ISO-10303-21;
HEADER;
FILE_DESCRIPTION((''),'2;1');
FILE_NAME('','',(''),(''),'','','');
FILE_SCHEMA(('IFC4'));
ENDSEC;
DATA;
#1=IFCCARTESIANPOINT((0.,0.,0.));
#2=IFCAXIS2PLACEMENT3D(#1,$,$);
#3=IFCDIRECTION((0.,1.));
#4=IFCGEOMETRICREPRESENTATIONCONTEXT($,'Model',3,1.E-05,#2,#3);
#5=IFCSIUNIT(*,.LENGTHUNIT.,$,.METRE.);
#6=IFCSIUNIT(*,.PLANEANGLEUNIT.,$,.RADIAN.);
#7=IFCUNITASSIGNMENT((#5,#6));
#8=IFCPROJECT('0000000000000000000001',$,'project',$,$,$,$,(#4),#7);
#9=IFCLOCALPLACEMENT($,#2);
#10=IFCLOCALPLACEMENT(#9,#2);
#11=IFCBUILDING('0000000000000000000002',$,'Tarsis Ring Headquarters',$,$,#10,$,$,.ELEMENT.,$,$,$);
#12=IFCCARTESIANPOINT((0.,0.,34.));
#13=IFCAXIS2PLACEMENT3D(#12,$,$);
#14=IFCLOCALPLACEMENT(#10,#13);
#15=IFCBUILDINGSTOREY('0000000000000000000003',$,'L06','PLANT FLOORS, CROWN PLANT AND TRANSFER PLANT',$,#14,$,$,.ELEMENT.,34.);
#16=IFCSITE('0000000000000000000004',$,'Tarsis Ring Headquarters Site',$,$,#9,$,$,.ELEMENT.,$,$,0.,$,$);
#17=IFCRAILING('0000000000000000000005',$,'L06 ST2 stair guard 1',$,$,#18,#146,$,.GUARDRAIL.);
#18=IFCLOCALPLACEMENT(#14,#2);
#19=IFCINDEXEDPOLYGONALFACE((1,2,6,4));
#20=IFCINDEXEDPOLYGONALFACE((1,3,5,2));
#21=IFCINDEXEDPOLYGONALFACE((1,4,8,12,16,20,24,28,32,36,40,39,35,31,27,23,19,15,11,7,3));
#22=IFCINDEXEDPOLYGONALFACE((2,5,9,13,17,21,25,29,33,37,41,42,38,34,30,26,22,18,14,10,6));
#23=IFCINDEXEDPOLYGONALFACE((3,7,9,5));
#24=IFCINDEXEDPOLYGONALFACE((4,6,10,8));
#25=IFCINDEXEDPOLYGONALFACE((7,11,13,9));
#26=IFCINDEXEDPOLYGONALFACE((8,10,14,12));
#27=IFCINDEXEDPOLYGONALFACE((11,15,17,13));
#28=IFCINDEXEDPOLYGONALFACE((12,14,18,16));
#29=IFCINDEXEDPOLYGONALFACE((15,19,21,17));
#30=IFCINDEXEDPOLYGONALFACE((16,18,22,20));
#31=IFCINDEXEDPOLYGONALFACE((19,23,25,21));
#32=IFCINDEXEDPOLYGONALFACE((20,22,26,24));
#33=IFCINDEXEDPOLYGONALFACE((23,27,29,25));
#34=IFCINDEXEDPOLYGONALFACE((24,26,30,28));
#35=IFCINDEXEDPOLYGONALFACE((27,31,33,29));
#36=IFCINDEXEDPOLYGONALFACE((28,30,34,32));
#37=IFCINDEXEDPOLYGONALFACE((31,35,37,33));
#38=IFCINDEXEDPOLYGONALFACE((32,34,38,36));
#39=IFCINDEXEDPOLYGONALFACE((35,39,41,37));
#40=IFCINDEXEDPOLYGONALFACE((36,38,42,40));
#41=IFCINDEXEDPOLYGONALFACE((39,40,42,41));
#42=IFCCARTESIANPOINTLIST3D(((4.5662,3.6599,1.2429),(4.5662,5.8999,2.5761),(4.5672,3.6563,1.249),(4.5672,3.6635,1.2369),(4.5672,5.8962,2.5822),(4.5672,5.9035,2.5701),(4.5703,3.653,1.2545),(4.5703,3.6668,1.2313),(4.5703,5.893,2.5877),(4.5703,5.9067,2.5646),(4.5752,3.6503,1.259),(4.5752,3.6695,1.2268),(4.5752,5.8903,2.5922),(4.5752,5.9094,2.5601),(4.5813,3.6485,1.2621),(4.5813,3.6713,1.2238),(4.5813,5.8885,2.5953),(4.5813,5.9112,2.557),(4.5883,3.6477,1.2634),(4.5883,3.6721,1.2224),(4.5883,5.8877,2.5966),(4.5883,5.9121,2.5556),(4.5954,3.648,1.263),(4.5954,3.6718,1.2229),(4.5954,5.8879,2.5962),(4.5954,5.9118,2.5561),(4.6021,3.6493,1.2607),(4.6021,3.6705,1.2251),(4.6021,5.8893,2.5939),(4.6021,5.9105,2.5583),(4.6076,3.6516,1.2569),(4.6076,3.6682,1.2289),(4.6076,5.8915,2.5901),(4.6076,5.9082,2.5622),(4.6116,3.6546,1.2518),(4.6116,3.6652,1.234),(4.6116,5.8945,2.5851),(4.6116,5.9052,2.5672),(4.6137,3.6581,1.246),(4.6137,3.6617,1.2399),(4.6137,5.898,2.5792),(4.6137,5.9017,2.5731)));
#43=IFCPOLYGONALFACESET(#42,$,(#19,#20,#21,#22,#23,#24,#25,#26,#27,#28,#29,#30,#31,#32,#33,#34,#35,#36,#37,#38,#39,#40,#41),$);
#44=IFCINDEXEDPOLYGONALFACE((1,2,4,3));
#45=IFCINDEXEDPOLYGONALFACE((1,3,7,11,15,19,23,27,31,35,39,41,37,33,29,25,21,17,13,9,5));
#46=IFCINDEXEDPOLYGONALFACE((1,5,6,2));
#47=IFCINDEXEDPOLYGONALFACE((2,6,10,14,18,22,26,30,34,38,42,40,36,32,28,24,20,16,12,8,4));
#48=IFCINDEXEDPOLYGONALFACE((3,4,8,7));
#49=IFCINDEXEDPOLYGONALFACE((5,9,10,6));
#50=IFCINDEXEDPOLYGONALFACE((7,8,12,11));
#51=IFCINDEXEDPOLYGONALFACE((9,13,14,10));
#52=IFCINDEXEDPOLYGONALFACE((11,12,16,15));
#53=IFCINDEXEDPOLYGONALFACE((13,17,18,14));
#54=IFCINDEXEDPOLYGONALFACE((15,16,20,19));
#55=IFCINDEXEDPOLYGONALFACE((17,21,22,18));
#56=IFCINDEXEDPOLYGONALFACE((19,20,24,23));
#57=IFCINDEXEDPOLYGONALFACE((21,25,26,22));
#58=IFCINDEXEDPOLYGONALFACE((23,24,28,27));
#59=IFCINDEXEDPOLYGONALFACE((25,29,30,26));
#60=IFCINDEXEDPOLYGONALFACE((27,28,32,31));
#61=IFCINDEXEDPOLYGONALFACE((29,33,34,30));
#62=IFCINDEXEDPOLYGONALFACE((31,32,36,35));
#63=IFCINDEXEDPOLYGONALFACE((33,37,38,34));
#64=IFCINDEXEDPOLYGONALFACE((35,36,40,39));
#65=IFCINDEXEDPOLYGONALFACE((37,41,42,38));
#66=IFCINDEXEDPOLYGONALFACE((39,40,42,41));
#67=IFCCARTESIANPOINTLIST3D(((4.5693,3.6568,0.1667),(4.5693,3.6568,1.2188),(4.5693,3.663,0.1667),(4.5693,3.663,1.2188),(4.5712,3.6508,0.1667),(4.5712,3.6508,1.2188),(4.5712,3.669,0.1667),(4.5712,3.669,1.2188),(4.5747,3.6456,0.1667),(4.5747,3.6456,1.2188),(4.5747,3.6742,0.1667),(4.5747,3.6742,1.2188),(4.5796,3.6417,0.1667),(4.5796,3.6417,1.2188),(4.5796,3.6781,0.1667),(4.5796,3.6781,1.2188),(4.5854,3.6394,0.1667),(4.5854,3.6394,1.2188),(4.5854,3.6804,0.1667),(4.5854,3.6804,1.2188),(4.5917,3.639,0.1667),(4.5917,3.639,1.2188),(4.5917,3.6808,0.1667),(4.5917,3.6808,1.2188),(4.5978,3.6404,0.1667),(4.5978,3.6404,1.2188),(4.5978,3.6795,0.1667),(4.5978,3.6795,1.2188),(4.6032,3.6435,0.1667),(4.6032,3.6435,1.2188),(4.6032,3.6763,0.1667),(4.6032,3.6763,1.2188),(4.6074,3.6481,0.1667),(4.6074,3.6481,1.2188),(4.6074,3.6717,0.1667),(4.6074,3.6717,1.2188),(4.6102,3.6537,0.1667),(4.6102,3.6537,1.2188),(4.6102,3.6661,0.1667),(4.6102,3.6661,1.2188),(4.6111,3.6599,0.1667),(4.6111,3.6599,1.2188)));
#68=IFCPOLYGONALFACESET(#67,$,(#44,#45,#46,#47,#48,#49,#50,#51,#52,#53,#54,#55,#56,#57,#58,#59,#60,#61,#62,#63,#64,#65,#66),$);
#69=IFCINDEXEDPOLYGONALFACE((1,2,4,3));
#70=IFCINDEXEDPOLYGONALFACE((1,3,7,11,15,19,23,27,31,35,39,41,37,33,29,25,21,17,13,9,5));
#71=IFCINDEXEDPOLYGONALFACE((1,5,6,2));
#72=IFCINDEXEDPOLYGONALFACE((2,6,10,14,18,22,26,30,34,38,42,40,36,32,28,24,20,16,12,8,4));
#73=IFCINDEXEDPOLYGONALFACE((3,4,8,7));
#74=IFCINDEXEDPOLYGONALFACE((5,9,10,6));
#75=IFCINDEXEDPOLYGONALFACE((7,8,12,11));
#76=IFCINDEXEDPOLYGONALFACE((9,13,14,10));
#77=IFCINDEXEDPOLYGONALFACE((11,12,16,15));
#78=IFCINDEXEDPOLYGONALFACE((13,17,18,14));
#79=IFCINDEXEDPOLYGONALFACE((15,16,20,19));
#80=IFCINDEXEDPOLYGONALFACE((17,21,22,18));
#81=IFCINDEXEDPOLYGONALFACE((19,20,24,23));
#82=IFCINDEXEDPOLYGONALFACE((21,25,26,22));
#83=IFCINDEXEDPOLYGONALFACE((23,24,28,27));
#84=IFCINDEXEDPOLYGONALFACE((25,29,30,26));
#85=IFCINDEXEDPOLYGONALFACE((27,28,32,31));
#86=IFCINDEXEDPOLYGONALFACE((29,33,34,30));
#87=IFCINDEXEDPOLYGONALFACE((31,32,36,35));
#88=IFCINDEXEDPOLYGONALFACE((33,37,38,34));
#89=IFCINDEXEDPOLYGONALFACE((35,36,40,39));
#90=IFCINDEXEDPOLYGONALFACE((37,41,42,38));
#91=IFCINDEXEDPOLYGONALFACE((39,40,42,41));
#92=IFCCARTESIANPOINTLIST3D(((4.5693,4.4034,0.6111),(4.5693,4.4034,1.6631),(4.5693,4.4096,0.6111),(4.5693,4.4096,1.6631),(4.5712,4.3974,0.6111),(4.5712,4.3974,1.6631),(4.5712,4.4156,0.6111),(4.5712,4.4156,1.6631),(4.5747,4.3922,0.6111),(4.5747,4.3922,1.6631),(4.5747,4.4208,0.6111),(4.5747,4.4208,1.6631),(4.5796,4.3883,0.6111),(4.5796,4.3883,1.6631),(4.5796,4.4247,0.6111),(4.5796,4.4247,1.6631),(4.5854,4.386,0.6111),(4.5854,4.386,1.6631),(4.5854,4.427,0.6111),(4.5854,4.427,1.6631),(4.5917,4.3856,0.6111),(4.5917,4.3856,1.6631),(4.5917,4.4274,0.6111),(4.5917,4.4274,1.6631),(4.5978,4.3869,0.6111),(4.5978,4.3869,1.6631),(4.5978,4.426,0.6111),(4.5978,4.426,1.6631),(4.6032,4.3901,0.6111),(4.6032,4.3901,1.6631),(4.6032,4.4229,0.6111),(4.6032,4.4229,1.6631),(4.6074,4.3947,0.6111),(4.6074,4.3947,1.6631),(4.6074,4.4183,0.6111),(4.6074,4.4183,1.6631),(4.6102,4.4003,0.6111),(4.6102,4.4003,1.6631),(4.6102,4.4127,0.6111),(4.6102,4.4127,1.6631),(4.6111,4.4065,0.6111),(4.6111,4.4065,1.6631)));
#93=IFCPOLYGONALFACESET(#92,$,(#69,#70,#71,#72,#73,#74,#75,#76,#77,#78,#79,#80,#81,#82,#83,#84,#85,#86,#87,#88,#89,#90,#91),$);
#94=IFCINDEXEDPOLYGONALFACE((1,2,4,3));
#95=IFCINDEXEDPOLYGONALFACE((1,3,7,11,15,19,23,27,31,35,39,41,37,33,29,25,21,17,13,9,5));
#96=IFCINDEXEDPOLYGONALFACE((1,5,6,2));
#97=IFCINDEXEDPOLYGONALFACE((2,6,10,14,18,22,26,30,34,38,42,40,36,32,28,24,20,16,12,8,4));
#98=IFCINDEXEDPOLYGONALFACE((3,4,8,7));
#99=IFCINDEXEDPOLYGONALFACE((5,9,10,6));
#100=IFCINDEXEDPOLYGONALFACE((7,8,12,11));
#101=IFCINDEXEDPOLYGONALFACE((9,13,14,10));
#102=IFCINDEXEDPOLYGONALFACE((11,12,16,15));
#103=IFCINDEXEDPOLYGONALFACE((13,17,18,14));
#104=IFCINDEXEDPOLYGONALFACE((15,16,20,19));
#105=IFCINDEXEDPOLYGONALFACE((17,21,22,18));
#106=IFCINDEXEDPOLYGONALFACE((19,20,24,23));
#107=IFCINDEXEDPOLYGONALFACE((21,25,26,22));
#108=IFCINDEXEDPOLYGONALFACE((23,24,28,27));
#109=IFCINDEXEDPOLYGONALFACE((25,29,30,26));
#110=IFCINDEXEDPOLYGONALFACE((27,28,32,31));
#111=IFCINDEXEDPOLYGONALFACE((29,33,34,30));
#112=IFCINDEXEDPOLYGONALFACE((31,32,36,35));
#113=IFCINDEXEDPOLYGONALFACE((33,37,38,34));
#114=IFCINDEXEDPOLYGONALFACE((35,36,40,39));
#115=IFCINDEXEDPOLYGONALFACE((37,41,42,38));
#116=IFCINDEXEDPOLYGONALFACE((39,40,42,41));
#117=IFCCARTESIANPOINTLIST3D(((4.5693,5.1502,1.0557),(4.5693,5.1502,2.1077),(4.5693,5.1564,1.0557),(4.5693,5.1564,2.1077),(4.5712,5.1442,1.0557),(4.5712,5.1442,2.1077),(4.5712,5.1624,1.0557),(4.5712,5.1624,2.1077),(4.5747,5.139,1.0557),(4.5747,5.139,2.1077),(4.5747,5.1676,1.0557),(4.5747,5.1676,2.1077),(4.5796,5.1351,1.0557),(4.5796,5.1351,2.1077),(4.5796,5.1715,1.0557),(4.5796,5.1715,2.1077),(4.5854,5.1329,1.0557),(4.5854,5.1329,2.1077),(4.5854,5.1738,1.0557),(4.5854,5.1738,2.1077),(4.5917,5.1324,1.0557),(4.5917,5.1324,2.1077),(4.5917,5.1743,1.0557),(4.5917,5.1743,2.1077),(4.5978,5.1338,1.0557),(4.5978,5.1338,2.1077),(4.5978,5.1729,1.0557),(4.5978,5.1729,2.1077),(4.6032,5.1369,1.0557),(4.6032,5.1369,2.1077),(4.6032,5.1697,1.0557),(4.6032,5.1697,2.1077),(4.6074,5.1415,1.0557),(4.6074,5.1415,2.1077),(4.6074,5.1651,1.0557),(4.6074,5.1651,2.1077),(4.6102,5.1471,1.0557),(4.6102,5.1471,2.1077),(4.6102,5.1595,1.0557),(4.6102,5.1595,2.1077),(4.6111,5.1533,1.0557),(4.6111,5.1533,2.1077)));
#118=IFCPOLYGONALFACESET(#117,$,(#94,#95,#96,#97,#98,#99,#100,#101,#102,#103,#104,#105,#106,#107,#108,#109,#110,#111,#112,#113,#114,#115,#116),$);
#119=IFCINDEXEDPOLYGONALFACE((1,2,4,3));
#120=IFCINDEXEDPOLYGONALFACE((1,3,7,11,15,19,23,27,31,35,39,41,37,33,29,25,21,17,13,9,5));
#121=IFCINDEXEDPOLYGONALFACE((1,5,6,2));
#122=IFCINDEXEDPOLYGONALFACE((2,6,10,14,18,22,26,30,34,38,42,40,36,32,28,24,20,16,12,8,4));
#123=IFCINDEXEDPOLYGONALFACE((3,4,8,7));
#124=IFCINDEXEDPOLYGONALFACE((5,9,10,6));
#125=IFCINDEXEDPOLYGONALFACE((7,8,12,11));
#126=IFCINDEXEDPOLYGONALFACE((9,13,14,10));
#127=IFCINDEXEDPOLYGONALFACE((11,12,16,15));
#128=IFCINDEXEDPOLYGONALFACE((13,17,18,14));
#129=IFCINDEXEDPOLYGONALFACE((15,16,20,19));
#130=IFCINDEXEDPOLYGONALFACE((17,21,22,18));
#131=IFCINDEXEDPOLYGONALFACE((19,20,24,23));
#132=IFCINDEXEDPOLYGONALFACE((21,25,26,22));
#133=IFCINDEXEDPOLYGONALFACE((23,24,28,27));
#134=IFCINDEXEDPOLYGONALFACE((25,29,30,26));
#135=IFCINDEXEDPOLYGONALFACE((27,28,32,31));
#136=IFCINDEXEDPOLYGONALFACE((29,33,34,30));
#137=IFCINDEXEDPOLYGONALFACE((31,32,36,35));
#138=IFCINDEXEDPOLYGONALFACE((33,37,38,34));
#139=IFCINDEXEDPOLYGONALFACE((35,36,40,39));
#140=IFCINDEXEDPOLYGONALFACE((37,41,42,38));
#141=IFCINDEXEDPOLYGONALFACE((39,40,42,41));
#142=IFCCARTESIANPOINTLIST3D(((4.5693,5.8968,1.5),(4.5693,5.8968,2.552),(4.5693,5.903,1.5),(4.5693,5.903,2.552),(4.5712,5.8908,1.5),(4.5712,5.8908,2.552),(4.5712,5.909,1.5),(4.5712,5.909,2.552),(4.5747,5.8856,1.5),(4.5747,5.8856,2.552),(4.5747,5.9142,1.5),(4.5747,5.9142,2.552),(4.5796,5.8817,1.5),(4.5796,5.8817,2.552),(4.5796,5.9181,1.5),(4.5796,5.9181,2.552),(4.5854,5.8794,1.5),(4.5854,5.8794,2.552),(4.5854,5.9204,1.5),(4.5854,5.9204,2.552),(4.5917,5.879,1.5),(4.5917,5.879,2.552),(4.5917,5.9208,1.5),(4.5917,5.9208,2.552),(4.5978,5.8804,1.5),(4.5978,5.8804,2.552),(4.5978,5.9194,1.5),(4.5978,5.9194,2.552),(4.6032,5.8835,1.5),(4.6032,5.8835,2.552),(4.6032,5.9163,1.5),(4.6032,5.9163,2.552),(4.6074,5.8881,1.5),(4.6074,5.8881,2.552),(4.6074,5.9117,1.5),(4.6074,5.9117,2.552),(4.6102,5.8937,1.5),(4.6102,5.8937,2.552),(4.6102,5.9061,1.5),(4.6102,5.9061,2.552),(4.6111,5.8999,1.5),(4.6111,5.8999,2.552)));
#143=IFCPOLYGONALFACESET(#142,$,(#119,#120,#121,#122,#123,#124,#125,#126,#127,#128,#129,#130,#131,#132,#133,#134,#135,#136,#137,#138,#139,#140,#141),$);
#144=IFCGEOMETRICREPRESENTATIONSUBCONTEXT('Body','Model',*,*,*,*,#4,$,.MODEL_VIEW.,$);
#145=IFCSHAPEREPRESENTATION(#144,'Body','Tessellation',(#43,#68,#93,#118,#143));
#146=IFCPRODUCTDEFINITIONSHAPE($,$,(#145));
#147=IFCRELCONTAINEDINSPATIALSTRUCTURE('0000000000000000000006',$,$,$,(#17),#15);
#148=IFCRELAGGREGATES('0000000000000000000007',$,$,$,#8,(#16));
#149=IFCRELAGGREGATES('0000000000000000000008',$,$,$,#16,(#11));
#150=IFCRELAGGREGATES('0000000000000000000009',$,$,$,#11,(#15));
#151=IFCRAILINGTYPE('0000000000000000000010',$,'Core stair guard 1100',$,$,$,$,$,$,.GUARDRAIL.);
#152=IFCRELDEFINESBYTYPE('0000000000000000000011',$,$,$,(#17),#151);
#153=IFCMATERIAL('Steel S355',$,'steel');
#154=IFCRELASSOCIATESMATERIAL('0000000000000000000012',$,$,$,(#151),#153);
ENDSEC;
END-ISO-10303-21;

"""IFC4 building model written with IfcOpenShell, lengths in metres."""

from ifc_helpers import new_model, si_unit, direction, frame, origin, origin_2d, place, context, subcontext, project, spatial, circle, extrude, material, type_object, element, save


model = new_model("IFC4")

# Units and contexts
model_context = context("Model", 3, precision=1e-05, world=origin(), true_north=direction((0.0, 1.0)))
body_context = subcontext(model_context, "Body", "Model", "MODEL_VIEW")
ifc_project = project(units=[si_unit("LENGTHUNIT", "METRE"), si_unit("PLANEANGLEUNIT", "RADIAN")], contexts=[model_context])

# Site, building, storey
site_placement = place(None, origin())
site = spatial("IfcSite", under=ifc_project, at=site_placement, Name="Tarsis Ring Headquarters Site", CompositionType="ELEMENT", RefElevation=0.0)
building_placement = place(site_placement, origin())
building = spatial("IfcBuilding", under=site, at=building_placement, Name="Tarsis Ring Headquarters", CompositionType="ELEMENT")
storey_placement = place(building_placement, frame((0.0, 0.0, 34.0)))
storey = spatial("IfcBuildingStorey", under=building, at=storey_placement, Name="L06", Description="PLANT FLOORS, CROWN PLANT AND TRANSFER PLANT", CompositionType="ELEMENT", Elevation=34.0)

# Shared definitions
ifc_material_1 = material(Name="Steel S355", Category="steel")

# Railing
railing_type_1 = type_object("IfcRailingType", Name="Core stair guard 1100", PredefinedType="GUARDRAIL", material=ifc_material_1)
railing_1_placement = place(storey_placement, frame((4.5901, 3.6599, 0.1667)))
element("IfcRailing", 1, at=railing_1_placement, inside=storey, type_object=railing_type_1, Name="L06 ST2 stair guard 1", PredefinedType="GUARDRAIL", context=body_context, shape_type="SweptSolid", body=[
    extrude(circle(Radius=0.0239, at=origin_2d()), frame((0.0, 0.0, 1.0762), z_axis=(0.0, 0.859306, 0.511462), x_axis=(-1.0, 0.0, 0.0)), (0.0, 0.0, 1.0), 2.6067),
    extrude(circle(Radius=0.021, at=origin_2d()), origin(), (0.0, 0.0, 1.0), 1.052),
    extrude(circle(Radius=0.021, at=origin_2d()), frame((0.0, 0.7466, 0.4443)), (0.0, 0.0, 1.0), 1.052),
    extrude(circle(Radius=0.021, at=origin_2d()), frame((0.0, 1.4934, 0.8889)), (0.0, 0.0, 1.0), 1.052),
    extrude(circle(Radius=0.021, at=origin_2d()), frame((0.0, 2.24, 1.3333)), (0.0, 0.0, 1.0), 1.052),
])

save(model, "model.ifc")
